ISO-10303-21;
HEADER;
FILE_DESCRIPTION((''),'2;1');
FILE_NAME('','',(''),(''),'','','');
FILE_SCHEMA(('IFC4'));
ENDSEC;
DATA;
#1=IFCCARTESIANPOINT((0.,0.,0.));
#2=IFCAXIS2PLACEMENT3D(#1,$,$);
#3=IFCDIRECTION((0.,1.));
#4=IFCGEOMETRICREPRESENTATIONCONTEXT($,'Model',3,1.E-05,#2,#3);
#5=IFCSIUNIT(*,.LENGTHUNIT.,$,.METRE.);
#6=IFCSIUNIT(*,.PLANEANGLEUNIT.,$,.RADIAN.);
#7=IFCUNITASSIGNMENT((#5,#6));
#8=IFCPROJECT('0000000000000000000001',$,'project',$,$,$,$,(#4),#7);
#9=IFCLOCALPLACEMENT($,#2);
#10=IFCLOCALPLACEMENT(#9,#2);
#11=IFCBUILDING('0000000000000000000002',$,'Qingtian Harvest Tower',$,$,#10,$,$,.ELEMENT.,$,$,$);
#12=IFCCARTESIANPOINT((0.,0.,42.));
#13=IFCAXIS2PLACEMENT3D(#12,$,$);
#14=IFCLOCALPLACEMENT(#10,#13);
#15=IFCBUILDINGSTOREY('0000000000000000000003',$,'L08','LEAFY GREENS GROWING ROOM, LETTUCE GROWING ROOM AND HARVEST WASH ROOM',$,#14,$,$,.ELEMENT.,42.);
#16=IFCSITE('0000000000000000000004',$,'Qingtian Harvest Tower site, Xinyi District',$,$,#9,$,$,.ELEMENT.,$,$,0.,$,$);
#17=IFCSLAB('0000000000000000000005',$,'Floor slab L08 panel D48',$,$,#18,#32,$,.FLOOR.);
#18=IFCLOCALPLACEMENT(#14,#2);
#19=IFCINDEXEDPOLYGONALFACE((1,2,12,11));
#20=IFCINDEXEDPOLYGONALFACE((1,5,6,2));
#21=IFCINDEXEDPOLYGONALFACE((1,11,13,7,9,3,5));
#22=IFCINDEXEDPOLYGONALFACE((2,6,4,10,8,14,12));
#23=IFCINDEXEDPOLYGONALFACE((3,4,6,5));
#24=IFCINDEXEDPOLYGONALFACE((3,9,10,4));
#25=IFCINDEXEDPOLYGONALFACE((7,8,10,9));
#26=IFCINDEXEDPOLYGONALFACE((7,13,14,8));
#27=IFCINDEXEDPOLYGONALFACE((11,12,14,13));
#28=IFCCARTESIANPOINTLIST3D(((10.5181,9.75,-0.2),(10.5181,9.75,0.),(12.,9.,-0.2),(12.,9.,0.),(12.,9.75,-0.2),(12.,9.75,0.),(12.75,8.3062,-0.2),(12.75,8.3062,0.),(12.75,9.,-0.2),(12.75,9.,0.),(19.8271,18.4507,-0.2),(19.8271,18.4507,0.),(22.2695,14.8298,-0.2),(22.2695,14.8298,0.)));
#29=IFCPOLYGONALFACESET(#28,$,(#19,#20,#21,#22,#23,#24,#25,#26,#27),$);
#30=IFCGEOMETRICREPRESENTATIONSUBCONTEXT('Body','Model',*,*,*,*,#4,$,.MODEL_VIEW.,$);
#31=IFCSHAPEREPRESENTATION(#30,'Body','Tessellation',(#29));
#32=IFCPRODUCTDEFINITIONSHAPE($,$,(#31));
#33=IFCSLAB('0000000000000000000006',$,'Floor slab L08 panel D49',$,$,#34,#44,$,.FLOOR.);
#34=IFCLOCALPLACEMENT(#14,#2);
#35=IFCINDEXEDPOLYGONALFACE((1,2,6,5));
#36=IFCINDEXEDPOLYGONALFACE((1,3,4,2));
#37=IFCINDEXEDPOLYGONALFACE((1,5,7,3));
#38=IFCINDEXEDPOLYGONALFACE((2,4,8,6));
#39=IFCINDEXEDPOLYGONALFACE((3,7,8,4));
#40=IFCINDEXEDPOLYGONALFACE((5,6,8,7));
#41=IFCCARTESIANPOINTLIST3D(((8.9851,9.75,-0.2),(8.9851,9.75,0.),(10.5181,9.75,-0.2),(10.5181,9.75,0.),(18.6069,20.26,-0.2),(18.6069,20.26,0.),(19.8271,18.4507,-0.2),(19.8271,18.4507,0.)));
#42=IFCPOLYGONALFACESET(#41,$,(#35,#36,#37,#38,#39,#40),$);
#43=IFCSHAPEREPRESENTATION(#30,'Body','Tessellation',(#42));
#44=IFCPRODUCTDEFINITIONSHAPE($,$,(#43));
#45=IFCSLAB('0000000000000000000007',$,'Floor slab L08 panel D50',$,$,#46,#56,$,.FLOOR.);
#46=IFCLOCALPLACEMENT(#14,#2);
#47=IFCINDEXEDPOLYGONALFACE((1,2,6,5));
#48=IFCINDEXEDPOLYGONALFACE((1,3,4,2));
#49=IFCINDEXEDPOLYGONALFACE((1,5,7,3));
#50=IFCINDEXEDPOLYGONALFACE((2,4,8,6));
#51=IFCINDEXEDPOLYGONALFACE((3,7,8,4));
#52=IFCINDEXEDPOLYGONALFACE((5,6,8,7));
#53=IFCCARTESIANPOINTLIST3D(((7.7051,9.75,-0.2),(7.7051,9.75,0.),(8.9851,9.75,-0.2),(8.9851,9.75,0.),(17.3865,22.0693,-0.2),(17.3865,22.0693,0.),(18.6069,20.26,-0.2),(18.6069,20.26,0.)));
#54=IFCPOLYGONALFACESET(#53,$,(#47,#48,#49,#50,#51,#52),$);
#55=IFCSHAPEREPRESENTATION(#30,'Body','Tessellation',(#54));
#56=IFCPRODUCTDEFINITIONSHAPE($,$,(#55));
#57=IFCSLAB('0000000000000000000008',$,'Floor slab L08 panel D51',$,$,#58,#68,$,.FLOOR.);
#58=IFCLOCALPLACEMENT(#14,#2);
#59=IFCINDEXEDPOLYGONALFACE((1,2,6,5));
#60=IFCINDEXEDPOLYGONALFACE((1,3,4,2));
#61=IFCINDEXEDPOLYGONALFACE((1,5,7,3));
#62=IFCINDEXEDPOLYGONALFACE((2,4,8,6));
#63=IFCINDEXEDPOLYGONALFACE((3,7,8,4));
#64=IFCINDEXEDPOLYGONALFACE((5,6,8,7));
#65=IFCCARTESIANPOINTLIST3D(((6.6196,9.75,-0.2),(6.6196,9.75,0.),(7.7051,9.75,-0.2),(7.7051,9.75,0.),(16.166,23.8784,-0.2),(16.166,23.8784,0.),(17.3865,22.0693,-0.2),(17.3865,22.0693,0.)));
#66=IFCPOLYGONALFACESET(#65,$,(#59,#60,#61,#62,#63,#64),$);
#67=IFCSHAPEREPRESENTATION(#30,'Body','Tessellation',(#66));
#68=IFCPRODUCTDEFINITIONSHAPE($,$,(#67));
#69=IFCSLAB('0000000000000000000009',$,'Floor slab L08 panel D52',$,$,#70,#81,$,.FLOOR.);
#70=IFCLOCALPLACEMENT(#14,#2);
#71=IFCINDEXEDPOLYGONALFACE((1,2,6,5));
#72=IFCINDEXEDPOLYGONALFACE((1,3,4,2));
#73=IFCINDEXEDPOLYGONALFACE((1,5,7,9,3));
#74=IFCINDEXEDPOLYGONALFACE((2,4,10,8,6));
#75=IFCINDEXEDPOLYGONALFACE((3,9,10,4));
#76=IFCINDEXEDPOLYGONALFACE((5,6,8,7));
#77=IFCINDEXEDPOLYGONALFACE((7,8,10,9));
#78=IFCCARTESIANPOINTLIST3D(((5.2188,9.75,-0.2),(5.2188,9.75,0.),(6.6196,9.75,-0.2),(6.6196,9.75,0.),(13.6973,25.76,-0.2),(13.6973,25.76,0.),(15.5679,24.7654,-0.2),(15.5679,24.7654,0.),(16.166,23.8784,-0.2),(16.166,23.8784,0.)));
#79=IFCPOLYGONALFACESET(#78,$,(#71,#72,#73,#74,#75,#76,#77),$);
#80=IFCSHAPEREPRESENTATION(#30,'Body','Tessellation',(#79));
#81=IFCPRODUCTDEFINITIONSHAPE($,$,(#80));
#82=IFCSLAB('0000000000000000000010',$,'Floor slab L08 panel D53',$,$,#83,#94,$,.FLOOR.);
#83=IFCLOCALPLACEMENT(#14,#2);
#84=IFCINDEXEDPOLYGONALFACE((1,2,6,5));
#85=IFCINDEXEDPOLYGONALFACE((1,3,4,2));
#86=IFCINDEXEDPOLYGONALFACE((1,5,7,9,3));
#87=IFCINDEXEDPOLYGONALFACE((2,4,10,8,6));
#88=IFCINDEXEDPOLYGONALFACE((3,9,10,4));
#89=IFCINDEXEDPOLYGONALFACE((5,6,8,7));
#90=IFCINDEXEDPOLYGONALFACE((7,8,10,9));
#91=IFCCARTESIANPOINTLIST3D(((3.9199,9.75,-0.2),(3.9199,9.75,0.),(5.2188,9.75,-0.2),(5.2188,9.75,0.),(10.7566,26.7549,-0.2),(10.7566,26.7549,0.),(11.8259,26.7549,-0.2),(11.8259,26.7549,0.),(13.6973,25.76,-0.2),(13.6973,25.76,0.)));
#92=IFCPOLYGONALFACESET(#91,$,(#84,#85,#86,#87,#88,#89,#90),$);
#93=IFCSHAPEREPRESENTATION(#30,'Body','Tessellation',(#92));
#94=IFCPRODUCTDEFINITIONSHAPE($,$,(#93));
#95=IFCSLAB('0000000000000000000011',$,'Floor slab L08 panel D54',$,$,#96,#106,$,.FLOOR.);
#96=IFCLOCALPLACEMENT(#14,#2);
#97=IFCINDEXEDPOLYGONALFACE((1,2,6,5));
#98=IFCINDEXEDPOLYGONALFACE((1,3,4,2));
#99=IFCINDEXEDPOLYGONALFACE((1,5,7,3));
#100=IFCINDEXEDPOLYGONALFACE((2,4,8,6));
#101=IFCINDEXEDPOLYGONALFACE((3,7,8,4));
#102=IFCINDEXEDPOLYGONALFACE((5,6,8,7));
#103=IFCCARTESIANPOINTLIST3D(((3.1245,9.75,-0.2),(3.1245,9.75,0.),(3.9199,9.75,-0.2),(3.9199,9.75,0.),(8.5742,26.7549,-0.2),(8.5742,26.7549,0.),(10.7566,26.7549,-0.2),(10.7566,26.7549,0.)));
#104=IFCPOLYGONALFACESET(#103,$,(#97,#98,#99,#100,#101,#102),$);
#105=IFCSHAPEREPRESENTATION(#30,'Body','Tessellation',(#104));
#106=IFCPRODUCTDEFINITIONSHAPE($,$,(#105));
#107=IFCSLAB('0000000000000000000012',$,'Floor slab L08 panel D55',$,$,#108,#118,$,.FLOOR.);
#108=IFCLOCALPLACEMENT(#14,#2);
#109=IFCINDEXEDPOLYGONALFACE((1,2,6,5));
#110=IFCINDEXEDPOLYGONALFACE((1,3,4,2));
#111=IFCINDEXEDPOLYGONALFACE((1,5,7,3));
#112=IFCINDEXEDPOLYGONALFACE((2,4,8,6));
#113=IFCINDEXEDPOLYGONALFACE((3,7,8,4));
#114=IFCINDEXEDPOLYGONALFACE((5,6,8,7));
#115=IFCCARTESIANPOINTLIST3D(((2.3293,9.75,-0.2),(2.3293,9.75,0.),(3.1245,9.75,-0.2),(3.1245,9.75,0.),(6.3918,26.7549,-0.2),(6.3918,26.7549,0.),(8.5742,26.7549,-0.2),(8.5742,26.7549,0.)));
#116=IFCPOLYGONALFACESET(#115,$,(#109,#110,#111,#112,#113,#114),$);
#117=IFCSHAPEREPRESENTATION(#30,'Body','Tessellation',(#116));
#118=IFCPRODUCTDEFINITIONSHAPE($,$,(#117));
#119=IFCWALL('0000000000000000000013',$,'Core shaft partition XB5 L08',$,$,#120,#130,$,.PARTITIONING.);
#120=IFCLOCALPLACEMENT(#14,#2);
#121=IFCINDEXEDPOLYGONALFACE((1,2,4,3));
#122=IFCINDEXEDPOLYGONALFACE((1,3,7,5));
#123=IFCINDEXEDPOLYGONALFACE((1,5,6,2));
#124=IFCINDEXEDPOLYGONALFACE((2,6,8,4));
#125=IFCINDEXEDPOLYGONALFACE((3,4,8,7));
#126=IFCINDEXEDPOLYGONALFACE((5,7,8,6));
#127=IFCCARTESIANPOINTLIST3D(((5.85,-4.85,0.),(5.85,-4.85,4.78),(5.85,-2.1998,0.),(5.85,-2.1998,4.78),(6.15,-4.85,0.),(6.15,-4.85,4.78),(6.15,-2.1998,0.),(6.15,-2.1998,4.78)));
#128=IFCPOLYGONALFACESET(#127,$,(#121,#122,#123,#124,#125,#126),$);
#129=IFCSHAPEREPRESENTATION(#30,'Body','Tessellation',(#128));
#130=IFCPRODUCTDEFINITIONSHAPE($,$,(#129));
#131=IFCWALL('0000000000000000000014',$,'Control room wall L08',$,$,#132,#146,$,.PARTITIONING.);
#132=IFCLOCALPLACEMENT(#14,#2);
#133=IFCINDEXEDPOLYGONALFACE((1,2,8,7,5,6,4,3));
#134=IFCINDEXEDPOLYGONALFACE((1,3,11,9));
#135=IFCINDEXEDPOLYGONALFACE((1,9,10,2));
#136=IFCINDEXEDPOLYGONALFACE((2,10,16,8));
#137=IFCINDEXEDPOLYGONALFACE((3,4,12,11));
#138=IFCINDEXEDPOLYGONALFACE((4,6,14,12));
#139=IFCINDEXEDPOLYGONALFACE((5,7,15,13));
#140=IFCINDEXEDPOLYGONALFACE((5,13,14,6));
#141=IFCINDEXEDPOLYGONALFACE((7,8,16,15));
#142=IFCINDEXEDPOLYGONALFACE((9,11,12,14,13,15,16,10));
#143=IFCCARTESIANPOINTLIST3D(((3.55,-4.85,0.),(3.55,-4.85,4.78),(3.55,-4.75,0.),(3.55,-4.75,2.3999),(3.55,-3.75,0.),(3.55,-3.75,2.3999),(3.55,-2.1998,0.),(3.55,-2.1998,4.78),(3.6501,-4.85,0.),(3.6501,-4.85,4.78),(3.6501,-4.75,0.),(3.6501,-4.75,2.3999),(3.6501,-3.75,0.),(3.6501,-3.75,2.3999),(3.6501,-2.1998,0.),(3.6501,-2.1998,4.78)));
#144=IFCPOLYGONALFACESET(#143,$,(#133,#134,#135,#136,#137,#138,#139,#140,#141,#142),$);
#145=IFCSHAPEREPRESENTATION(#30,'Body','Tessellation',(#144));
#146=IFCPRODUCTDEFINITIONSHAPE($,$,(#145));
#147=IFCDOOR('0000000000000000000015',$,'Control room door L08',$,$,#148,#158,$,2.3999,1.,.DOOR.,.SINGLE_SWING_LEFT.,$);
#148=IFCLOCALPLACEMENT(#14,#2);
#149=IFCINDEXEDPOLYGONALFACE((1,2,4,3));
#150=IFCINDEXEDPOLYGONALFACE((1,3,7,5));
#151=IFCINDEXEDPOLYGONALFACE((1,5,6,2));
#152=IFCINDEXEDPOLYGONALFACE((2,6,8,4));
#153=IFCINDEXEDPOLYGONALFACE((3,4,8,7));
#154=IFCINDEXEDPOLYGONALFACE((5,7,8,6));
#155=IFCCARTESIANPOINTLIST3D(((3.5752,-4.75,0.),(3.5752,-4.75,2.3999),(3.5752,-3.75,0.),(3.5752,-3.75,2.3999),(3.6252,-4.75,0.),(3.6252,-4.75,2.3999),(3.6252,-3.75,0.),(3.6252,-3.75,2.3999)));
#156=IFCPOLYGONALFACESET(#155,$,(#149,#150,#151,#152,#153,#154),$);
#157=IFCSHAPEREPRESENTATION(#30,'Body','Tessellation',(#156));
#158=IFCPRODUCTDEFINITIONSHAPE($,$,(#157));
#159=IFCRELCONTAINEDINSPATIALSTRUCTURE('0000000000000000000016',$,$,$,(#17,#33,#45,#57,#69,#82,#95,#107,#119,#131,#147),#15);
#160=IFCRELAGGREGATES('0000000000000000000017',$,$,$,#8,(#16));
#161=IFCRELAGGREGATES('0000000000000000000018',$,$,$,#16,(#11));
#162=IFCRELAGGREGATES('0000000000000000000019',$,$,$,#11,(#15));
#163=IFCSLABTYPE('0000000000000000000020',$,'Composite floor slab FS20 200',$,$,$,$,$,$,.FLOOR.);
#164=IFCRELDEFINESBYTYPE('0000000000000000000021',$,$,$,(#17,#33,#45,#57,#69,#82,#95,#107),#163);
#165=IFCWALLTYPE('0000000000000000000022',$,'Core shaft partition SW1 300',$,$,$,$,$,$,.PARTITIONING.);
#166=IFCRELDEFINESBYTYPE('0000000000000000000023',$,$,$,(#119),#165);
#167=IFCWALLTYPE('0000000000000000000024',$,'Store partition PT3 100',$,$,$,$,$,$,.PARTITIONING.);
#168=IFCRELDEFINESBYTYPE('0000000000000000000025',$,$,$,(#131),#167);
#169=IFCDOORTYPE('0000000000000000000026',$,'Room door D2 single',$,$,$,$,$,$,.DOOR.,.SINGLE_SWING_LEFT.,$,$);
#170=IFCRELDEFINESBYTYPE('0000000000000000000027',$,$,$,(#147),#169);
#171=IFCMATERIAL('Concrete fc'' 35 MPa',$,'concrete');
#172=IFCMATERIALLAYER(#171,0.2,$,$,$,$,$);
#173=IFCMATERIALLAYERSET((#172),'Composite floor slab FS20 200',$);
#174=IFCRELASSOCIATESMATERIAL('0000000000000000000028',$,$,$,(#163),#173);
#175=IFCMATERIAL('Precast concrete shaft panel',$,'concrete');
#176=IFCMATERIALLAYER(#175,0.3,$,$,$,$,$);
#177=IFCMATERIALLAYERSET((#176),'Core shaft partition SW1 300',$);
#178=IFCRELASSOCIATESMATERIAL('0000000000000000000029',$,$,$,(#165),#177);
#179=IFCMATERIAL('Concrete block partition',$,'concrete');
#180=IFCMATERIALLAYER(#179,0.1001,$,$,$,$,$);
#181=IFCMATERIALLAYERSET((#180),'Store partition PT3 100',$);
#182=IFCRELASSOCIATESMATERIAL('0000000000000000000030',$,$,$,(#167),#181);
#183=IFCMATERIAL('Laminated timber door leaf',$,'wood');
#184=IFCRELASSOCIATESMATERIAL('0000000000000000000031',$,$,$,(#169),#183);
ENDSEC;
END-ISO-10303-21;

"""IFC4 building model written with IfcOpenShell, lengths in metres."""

from ifc_helpers import new_model, si_unit, direction, frame, frame_2d, origin, place, context, subcontext, project, spatial, polyline, rectangle, outline, extrude, material, layer, layer_set, type_object, element, fill, save


model = new_model("IFC4")

# Units and contexts
model_context = context("Model", 3, precision=1e-05, world=origin(), true_north=direction((0.0, 1.0)))
body_context = subcontext(model_context, "Body", "Model", "MODEL_VIEW")
ifc_project = project(units=[si_unit("LENGTHUNIT", "METRE"), si_unit("PLANEANGLEUNIT", "RADIAN")], contexts=[model_context])

# Site, building, storey
site_placement = place(None, origin())
site = spatial("IfcSite", under=ifc_project, at=site_placement, Name="Qingtian Harvest Tower site, Xinyi District", CompositionType="ELEMENT", RefElevation=0.0)
building_placement = place(site_placement, origin())
building = spatial("IfcBuilding", under=site, at=building_placement, Name="Qingtian Harvest Tower", CompositionType="ELEMENT")
storey_placement = place(building_placement, frame((0.0, 0.0, 42.0)))
storey = spatial("IfcBuildingStorey", under=building, at=storey_placement, Name="L08", Description="LEAFY GREENS GROWING ROOM, LETTUCE GROWING ROOM AND HARVEST WASH ROOM", CompositionType="ELEMENT", Elevation=42.0)

# Slabs
ifc_material_1 = material(Name="Concrete fc' 35 MPa", Category="concrete")
ifc_layer_1 = layer(ifc_material_1, 0.2)
ifc_layer_set_1 = layer_set([ifc_layer_1], Name="Composite floor slab FS20 200")
slab_type = type_object("IfcSlabType", Name="Composite floor slab FS20 200", PredefinedType="FLOOR", material=ifc_layer_set_1)
slab_1_placement = place(storey_placement, frame((0.0, 0.0, -0.2)))
element("IfcSlab", 1, at=slab_1_placement, inside=storey, type_object=slab_type, Name="Floor slab L08 panel D48", PredefinedType="FLOOR", context=body_context, shape_type="SweptSolid", body=[
    extrude(outline(polyline([(19.8271, 18.4507), (22.2695, 14.8298), (12.75, 8.3062), (12.75, 9.0), (12.0, 9.0), (12.0, 9.75), (10.5181, 9.75), (19.8271, 18.4507)])), origin(), (0.0, 0.0, 1.0), 0.2),
])
slab_2_placement = place(storey_placement, frame((0.0, 0.0, -0.2)))
element("IfcSlab", 2, at=slab_2_placement, inside=storey, type_object=slab_type, Name="Floor slab L08 panel D49", PredefinedType="FLOOR", context=body_context, shape_type="SweptSolid", body=[
    extrude(outline(polyline([(8.9851, 9.75), (18.6069, 20.26), (19.8271, 18.4507), (10.5181, 9.75), (8.9851, 9.75)])), origin(), (0.0, 0.0, 1.0), 0.2),
])
slab_3_placement = place(storey_placement, frame((0.0, 0.0, -0.2)))
element("IfcSlab", 3, at=slab_3_placement, inside=storey, type_object=slab_type, Name="Floor slab L08 panel D50", PredefinedType="FLOOR", context=body_context, shape_type="SweptSolid", body=[
    extrude(outline(polyline([(7.7051, 9.75), (17.3865, 22.0693), (18.6069, 20.26), (8.9851, 9.75), (7.7051, 9.75)])), origin(), (0.0, 0.0, 1.0), 0.2),
])
slab_4_placement = place(storey_placement, frame((0.0, 0.0, -0.2)))
element("IfcSlab", 4, at=slab_4_placement, inside=storey, type_object=slab_type, Name="Floor slab L08 panel D51", PredefinedType="FLOOR", context=body_context, shape_type="SweptSolid", body=[
    extrude(outline(polyline([(6.6196, 9.75), (16.166, 23.8784), (17.3865, 22.0693), (7.7051, 9.75), (6.6196, 9.75)])), origin(), (0.0, 0.0, 1.0), 0.2),
])
slab_5_placement = place(storey_placement, frame((0.0, 0.0, -0.2)))
element("IfcSlab", 5, at=slab_5_placement, inside=storey, type_object=slab_type, Name="Floor slab L08 panel D52", PredefinedType="FLOOR", context=body_context, shape_type="SweptSolid", body=[
    extrude(outline(polyline([(6.6196, 9.75), (5.2188, 9.75), (13.6973, 25.76), (15.5679, 24.7654), (16.166, 23.8784), (6.6196, 9.75)])), origin(), (0.0, 0.0, 1.0), 0.2),
])
slab_6_placement = place(storey_placement, frame((0.0, 0.0, -0.2)))
element("IfcSlab", 6, at=slab_6_placement, inside=storey, type_object=slab_type, Name="Floor slab L08 panel D53", PredefinedType="FLOOR", context=body_context, shape_type="SweptSolid", body=[
    extrude(outline(polyline([(3.9199, 9.75), (10.7566, 26.7549), (11.8259, 26.7549), (13.6973, 25.76), (5.2188, 9.75), (3.9199, 9.75)])), origin(), (0.0, 0.0, 1.0), 0.2),
])
slab_7_placement = place(storey_placement, frame((0.0, 0.0, -0.2)))
element("IfcSlab", 7, at=slab_7_placement, inside=storey, type_object=slab_type, Name="Floor slab L08 panel D54", PredefinedType="FLOOR", context=body_context, shape_type="SweptSolid", body=[
    extrude(outline(polyline([(3.1245, 9.75), (8.5742, 26.7549), (10.7566, 26.7549), (3.9199, 9.75), (3.1245, 9.75)])), origin(), (0.0, 0.0, 1.0), 0.2),
])
slab_8_placement = place(storey_placement, frame((0.0, 0.0, -0.2)))
element("IfcSlab", 8, at=slab_8_placement, inside=storey, type_object=slab_type, Name="Floor slab L08 panel D55", PredefinedType="FLOOR", context=body_context, shape_type="SweptSolid", body=[
    extrude(outline(polyline([(2.3293, 9.75), (6.3918, 26.7549), (8.5742, 26.7549), (3.1245, 9.75), (2.3293, 9.75)])), origin(), (0.0, 0.0, 1.0), 0.2),
])

# Wall
ifc_material_2 = material(Name="Precast concrete shaft panel", Category="concrete")
ifc_layer_2 = layer(ifc_material_2, 0.3)
ifc_layer_set_2 = layer_set([ifc_layer_2], Name="Core shaft partition SW1 300")
wall_type_1 = type_object("IfcWallType", Name="Core shaft partition SW1 300", PredefinedType="PARTITIONING", material=ifc_layer_set_2)
wall_1_placement = place(storey_placement, frame((6.0, -4.8501, 0.0), z_axis=(0.0, 0.0, 1.0), x_axis=(0.0, 1.0, 0.0)))
element("IfcWall", 9, at=wall_1_placement, inside=storey, type_object=wall_type_1, Name="Core shaft partition XB5 L08", PredefinedType="PARTITIONING", context=body_context, shape_type="SweptSolid", body=[
    extrude(rectangle(XDim=2.6501, YDim=0.3, at=frame_2d((1.3252, 0.0))), origin(), (0.0, 0.0, 1.0), 4.78),
])

# Wall, opening, door
ifc_material_3 = material(Name="Concrete block partition", Category="concrete")
ifc_layer_3 = layer(ifc_material_3, 0.1001)
ifc_layer_set_3 = layer_set([ifc_layer_3], Name="Store partition PT3 100")
wall_type_2 = type_object("IfcWallType", Name="Store partition PT3 100", PredefinedType="PARTITIONING", material=ifc_layer_set_3)
wall_2_placement = place(storey_placement, frame((3.6001, -4.8501, 0.0), z_axis=(0.0, 0.0, 1.0), x_axis=(0.0, 1.0, 0.0)))
wall_2 = element("IfcWall", 10, at=wall_2_placement, inside=storey, type_object=wall_type_2, Name="Control room wall L08", PredefinedType="PARTITIONING", context=body_context, shape_type="SweptSolid", body=[
    extrude(rectangle(XDim=2.6501, YDim=0.1001, at=frame_2d((1.3252, 0.0))), origin(), (0.0, 0.0, 1.0), 4.78),
])
opening_placement = place(wall_2_placement, frame((0.1001, 0.0, 0.0)))
opening = element("IfcOpeningElement", 11, at=opening_placement, cuts=wall_2, PredefinedType="OPENING", context=body_context, shape_type="SweptSolid", body=[
    extrude(rectangle(XDim=1.0, YDim=2.3999, at=frame_2d((0.5, 1.2))), frame((0.0, 0.0601, 0.0), z_axis=(0.0, -1.0, 0.0), x_axis=(1.0, 0.0, 0.0)), (0.0, 0.0, 1.0), 0.1201),
])
ifc_material_4 = material(Name="Laminated timber door leaf", Category="wood")
door_type = type_object("IfcDoorType", Name="Room door D2 single", OperationType="SINGLE_SWING_LEFT", PredefinedType="DOOR", material=ifc_material_4)
door_placement = place(opening_placement, origin())
door = element("IfcDoor", 12, at=door_placement, inside=storey, type_object=door_type, Name="Control room door L08", OperationType="SINGLE_SWING_LEFT", OverallHeight=2.3999, OverallWidth=1.0, PredefinedType="DOOR", context=body_context, shape_type="SweptSolid", body=[
    extrude(rectangle(XDim=1.0, YDim=2.3999, at=frame_2d((0.5, 1.2))), frame((0.0, 0.0249, 0.0), z_axis=(0.0, -1.0, 0.0), x_axis=(1.0, 0.0, 0.0)), (0.0, 0.0, 1.0), 0.05),
])
fill(opening, door)

save(model, "model.ifc")
